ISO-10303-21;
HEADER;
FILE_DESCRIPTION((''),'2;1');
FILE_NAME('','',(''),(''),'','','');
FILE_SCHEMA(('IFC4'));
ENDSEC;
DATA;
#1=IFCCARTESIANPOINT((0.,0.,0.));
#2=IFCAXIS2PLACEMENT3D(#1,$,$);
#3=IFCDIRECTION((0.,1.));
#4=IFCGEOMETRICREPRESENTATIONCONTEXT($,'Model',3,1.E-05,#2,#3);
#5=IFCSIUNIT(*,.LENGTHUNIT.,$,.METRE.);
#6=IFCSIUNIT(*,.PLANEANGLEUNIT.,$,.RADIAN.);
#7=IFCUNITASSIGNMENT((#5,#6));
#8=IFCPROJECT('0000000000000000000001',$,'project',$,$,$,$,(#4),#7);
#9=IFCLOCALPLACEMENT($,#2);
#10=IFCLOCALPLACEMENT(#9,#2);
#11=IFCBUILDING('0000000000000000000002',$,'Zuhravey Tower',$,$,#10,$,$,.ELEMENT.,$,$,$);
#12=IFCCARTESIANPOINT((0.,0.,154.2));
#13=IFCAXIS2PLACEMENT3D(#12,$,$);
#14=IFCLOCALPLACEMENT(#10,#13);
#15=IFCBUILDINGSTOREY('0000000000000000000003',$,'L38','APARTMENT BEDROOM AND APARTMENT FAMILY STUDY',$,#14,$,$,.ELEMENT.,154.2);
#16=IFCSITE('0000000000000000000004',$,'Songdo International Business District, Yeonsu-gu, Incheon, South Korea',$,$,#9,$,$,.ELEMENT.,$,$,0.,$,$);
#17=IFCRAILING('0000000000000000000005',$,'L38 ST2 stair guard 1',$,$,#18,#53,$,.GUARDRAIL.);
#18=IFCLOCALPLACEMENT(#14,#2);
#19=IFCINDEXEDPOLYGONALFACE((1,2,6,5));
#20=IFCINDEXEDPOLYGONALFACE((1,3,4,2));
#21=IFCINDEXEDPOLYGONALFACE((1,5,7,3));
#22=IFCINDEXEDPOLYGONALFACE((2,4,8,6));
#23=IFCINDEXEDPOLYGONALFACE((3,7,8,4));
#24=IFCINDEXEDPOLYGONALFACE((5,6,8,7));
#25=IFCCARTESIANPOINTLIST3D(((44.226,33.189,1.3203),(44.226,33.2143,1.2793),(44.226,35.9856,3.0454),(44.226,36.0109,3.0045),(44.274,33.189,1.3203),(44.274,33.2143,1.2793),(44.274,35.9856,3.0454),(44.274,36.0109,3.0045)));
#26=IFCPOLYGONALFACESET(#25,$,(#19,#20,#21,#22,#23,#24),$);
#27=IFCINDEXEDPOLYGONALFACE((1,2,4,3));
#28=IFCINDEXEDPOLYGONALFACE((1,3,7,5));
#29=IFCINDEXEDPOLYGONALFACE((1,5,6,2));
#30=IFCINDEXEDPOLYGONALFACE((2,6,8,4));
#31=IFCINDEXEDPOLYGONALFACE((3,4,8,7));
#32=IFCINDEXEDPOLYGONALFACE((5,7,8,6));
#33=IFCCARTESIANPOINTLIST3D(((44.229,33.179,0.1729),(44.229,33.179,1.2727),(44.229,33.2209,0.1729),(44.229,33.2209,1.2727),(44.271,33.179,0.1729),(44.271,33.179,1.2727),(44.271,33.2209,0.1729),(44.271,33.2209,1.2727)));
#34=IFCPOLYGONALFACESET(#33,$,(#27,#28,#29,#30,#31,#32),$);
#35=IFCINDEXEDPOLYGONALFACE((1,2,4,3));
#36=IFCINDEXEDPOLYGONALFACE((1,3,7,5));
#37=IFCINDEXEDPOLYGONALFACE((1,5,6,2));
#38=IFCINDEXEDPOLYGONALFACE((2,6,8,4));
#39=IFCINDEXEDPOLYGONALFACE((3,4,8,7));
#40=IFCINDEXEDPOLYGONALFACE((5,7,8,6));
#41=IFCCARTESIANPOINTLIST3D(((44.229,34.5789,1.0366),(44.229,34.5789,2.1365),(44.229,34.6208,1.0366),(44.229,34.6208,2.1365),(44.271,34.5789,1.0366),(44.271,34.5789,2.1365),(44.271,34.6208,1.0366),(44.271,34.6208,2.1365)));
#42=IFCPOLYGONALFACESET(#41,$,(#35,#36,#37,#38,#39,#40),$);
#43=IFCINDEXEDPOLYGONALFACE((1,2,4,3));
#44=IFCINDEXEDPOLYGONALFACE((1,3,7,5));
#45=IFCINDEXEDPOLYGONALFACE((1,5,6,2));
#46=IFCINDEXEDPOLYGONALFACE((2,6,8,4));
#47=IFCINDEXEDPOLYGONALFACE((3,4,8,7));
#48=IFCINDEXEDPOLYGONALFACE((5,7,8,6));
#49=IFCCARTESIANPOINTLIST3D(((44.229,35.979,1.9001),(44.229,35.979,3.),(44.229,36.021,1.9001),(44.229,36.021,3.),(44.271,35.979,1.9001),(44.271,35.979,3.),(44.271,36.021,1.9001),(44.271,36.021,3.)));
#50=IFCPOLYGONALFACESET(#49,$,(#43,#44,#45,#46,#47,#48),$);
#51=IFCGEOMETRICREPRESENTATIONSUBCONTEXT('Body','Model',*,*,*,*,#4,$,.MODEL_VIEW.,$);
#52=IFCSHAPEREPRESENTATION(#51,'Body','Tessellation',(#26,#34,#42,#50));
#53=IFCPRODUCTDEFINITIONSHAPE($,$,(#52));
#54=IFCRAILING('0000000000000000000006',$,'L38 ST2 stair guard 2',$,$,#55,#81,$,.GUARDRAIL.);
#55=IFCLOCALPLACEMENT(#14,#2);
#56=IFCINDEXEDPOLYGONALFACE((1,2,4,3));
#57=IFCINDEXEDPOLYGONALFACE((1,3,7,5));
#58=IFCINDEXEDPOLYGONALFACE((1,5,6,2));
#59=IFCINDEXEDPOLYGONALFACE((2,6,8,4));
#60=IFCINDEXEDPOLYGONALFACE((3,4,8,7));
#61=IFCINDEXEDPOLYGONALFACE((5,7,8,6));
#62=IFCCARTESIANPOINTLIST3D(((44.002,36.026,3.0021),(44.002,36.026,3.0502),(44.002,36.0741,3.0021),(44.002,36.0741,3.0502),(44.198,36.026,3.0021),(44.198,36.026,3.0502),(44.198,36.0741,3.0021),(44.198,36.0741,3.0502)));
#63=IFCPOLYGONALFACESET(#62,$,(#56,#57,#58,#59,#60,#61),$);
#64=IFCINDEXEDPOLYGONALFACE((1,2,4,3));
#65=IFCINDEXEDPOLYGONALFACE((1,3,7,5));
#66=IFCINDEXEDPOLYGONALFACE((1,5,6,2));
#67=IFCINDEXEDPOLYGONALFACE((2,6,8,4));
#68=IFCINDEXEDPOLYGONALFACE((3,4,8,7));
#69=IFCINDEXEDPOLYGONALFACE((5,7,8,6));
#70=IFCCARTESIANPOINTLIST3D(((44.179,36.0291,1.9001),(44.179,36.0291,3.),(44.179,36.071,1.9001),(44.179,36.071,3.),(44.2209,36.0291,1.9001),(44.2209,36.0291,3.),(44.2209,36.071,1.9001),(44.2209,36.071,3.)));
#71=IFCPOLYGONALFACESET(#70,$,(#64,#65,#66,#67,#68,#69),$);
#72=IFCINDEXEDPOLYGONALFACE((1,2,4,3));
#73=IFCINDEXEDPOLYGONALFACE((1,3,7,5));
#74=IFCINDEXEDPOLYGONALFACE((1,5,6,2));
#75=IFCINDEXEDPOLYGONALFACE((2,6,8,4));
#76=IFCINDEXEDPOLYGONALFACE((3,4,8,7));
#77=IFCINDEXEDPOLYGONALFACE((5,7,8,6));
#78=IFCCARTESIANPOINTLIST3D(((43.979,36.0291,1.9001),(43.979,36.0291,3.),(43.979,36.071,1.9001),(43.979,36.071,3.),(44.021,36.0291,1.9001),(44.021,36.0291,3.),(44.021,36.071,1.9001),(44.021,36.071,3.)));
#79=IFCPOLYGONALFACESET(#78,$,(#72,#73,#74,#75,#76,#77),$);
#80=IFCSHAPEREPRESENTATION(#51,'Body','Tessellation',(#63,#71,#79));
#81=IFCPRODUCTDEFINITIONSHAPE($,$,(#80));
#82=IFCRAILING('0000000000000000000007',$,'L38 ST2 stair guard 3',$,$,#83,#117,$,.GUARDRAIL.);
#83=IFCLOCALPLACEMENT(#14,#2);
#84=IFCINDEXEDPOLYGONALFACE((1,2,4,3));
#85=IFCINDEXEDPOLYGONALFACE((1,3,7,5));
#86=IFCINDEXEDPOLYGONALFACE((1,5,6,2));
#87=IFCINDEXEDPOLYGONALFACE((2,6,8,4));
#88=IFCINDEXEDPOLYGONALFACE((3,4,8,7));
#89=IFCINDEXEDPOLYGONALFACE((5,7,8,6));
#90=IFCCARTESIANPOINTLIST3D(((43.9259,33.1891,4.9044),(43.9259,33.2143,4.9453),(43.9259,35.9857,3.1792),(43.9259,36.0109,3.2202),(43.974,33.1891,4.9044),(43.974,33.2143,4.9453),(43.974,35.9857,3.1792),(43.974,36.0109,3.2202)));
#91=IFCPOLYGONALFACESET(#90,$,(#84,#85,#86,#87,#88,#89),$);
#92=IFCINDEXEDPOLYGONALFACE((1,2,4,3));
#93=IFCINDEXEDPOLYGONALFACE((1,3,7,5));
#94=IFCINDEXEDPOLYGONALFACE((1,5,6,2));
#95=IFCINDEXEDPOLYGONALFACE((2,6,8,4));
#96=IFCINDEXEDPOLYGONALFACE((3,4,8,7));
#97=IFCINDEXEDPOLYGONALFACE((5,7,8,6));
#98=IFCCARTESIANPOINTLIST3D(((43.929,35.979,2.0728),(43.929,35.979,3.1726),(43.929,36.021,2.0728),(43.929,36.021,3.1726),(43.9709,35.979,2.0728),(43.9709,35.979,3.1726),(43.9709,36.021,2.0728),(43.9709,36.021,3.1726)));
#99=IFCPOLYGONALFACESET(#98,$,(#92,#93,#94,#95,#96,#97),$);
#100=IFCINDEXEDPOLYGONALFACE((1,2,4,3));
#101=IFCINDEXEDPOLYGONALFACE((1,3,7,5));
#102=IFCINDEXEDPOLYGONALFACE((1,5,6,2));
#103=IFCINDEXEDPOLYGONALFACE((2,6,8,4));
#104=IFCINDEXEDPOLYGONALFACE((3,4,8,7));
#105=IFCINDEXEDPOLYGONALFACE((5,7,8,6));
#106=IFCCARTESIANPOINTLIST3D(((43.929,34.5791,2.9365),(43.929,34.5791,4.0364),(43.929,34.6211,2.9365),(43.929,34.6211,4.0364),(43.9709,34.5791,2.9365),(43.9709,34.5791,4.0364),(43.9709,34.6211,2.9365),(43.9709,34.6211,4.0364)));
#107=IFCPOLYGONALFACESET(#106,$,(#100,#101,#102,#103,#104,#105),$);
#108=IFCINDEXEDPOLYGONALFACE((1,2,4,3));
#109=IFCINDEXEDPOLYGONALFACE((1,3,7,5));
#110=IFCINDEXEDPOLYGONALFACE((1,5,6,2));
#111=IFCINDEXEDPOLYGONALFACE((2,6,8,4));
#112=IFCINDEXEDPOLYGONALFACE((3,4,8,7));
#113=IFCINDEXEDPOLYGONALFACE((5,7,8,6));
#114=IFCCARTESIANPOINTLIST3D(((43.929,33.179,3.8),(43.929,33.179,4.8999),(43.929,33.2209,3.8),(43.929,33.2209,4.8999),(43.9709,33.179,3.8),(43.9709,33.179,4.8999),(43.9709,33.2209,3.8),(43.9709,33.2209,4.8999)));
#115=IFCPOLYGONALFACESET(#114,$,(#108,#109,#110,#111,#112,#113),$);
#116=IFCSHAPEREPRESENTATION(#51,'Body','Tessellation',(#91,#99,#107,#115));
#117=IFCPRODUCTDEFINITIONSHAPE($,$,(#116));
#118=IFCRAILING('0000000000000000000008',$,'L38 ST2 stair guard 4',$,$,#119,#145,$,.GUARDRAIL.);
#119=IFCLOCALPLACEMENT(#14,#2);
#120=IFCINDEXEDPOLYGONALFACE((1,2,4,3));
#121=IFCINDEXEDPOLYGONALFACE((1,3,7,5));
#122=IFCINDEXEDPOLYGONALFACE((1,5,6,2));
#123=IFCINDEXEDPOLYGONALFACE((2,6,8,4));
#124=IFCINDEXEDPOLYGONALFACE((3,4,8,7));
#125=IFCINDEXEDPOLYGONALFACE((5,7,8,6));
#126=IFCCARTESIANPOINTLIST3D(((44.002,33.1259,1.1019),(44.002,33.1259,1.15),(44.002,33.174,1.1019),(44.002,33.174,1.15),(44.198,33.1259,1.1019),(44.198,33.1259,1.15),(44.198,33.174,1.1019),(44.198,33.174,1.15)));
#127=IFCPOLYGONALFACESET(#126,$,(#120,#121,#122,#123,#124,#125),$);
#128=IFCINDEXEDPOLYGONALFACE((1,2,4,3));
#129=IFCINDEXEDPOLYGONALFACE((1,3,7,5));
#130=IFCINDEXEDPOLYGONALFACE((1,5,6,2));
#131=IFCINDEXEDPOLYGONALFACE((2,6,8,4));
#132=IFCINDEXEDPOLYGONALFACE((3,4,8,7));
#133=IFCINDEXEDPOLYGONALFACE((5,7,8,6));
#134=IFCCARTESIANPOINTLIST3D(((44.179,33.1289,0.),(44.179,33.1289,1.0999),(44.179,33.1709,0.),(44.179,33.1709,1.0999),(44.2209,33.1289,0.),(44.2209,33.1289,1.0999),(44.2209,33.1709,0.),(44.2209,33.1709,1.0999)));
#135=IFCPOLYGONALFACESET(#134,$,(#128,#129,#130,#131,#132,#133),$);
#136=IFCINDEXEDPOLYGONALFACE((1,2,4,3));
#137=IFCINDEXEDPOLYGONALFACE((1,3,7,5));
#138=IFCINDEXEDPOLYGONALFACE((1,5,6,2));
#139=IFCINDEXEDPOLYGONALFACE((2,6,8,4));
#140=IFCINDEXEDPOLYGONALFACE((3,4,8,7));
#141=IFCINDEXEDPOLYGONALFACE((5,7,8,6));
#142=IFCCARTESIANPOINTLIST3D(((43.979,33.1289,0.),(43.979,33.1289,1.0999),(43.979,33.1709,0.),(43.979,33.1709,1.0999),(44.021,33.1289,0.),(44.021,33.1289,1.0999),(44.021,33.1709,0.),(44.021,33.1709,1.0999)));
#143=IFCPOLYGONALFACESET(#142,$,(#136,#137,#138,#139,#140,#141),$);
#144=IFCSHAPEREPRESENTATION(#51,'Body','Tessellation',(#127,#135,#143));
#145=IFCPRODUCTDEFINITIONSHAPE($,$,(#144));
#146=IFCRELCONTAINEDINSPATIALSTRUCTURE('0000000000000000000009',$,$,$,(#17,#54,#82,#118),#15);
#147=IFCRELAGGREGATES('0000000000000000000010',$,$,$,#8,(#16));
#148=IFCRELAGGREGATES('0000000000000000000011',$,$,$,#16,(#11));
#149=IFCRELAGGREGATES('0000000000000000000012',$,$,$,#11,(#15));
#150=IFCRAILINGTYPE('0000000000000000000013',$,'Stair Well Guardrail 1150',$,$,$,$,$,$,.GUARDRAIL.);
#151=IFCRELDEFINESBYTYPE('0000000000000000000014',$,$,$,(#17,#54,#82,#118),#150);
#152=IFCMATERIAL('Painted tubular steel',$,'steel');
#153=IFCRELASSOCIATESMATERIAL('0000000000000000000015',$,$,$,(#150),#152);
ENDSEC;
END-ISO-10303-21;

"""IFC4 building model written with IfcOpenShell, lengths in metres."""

from ifc_helpers import new_model, si_unit, direction, frame, origin, origin_2d, place, context, subcontext, project, spatial, rectangle, extrude, material, type_object, element, save


model = new_model("IFC4")

# Units and contexts
model_context = context("Model", 3, precision=1e-05, world=origin(), true_north=direction((0.0, 1.0)))
body_context = subcontext(model_context, "Body", "Model", "MODEL_VIEW")
ifc_project = project(units=[si_unit("LENGTHUNIT", "METRE"), si_unit("PLANEANGLEUNIT", "RADIAN")], contexts=[model_context])

# Site, building, storey
site_placement = place(None, origin())
site = spatial("IfcSite", under=ifc_project, at=site_placement, Name="Songdo International Business District, Yeonsu-gu, Incheon, South Korea", CompositionType="ELEMENT", RefElevation=0.0)
building_placement = place(site_placement, origin())
building = spatial("IfcBuilding", under=site, at=building_placement, Name="Zuhravey Tower", CompositionType="ELEMENT")
storey_placement = place(building_placement, frame((0.0, 0.0, 154.2)))
storey = spatial("IfcBuildingStorey", under=building, at=storey_placement, Name="L38", Description="APARTMENT BEDROOM AND APARTMENT FAMILY STUDY", CompositionType="ELEMENT", Elevation=154.2)

# Railings
ifc_material_1 = material(Name="Painted tubular steel", Category="steel")
railing_type_1 = type_object("IfcRailingType", Name="Stair Well Guardrail 1150", PredefinedType="GUARDRAIL", material=ifc_material_1)
railing_1_placement = place(storey_placement, frame((44.25, 33.2, 0.1729)))
element("IfcRailing", 1, at=railing_1_placement, inside=storey, type_object=railing_type_1, Name="L38 ST2 stair guard 1", PredefinedType="GUARDRAIL", context=body_context, shape_type="SweptSolid", body=[
    extrude(rectangle(XDim=0.0481, YDim=0.0481, at=origin_2d()), frame((0.0, 0.0017, 1.127), z_axis=(0.0, 0.85109, 0.52502), x_axis=(-1.0, 0.0, 0.0)), (0.0, 0.0, 1.0), 3.2859),
    extrude(rectangle(XDim=0.042, YDim=0.042, at=origin_2d()), origin(), (0.0, 0.0, 1.0), 1.0999),
    extrude(rectangle(XDim=0.042, YDim=0.042, at=origin_2d()), frame((0.0, 1.3999, 0.8638)), (0.0, 0.0, 1.0), 1.0999),
    extrude(rectangle(XDim=0.042, YDim=0.042, at=origin_2d()), frame((0.0, 2.8, 1.7273)), (0.0, 0.0, 1.0), 1.0999),
])
railing_2_placement = place(storey_placement, frame((44.2, 36.05, 1.9001)))
element("IfcRailing", 2, at=railing_2_placement, inside=storey, type_object=railing_type_1, Name="L38 ST2 stair guard 2", PredefinedType="GUARDRAIL", context=body_context, shape_type="SweptSolid", body=[
    extrude(rectangle(XDim=0.0481, YDim=0.0481, at=origin_2d()), frame((-0.002, 0.0, 1.126), z_axis=(-1.0, 0.0, 0.0), x_axis=(0.0, -1.0, 0.0)), (0.0, 0.0, 1.0), 0.196),
    extrude(rectangle(XDim=0.042, YDim=0.042, at=origin_2d()), origin(), (0.0, 0.0, 1.0), 1.0999),
    extrude(rectangle(XDim=0.042, YDim=0.042, at=origin_2d()), frame((-0.2, 0.0, 0.0)), (0.0, 0.0, 1.0), 1.0999),
])
railing_3_placement = place(storey_placement, frame((43.95, 36.0, 2.0728)))
element("IfcRailing", 3, at=railing_3_placement, inside=storey, type_object=railing_type_1, Name="L38 ST2 stair guard 3", PredefinedType="GUARDRAIL", context=body_context, shape_type="SweptSolid", body=[
    extrude(rectangle(XDim=0.0481, YDim=0.0481, at=origin_2d()), frame((0.0, -0.0017, 1.127), z_axis=(0.0, -0.85109, 0.52502), x_axis=(1.0, 0.0, 0.0)), (0.0, 0.0, 1.0), 3.2859),
    extrude(rectangle(XDim=0.042, YDim=0.042, at=origin_2d()), origin(), (0.0, 0.0, 1.0), 1.0999),
    extrude(rectangle(XDim=0.042, YDim=0.042, at=origin_2d()), frame((0.0, -1.3999, 0.8638)), (0.0, 0.0, 1.0), 1.0999),
    extrude(rectangle(XDim=0.042, YDim=0.042, at=origin_2d()), frame((0.0, -2.8, 1.7273)), (0.0, 0.0, 1.0), 1.0999),
])
railing_4_placement = place(storey_placement, frame((44.2, 33.1499, 0.0)))
element("IfcRailing", 4, at=railing_4_placement, inside=storey, type_object=railing_type_1, Name="L38 ST2 stair guard 4", PredefinedType="GUARDRAIL", context=body_context, shape_type="SweptSolid", body=[
    extrude(rectangle(XDim=0.0481, YDim=0.0481, at=origin_2d()), frame((-0.002, 0.0, 1.126), z_axis=(-1.0, 0.0, 0.0), x_axis=(0.0, -1.0, 0.0)), (0.0, 0.0, 1.0), 0.196),
    extrude(rectangle(XDim=0.042, YDim=0.042, at=origin_2d()), origin(), (0.0, 0.0, 1.0), 1.0999),
    extrude(rectangle(XDim=0.042, YDim=0.042, at=origin_2d()), frame((-0.2, 0.0, 0.0)), (0.0, 0.0, 1.0), 1.0999),
])

save(model, "model.ifc")
